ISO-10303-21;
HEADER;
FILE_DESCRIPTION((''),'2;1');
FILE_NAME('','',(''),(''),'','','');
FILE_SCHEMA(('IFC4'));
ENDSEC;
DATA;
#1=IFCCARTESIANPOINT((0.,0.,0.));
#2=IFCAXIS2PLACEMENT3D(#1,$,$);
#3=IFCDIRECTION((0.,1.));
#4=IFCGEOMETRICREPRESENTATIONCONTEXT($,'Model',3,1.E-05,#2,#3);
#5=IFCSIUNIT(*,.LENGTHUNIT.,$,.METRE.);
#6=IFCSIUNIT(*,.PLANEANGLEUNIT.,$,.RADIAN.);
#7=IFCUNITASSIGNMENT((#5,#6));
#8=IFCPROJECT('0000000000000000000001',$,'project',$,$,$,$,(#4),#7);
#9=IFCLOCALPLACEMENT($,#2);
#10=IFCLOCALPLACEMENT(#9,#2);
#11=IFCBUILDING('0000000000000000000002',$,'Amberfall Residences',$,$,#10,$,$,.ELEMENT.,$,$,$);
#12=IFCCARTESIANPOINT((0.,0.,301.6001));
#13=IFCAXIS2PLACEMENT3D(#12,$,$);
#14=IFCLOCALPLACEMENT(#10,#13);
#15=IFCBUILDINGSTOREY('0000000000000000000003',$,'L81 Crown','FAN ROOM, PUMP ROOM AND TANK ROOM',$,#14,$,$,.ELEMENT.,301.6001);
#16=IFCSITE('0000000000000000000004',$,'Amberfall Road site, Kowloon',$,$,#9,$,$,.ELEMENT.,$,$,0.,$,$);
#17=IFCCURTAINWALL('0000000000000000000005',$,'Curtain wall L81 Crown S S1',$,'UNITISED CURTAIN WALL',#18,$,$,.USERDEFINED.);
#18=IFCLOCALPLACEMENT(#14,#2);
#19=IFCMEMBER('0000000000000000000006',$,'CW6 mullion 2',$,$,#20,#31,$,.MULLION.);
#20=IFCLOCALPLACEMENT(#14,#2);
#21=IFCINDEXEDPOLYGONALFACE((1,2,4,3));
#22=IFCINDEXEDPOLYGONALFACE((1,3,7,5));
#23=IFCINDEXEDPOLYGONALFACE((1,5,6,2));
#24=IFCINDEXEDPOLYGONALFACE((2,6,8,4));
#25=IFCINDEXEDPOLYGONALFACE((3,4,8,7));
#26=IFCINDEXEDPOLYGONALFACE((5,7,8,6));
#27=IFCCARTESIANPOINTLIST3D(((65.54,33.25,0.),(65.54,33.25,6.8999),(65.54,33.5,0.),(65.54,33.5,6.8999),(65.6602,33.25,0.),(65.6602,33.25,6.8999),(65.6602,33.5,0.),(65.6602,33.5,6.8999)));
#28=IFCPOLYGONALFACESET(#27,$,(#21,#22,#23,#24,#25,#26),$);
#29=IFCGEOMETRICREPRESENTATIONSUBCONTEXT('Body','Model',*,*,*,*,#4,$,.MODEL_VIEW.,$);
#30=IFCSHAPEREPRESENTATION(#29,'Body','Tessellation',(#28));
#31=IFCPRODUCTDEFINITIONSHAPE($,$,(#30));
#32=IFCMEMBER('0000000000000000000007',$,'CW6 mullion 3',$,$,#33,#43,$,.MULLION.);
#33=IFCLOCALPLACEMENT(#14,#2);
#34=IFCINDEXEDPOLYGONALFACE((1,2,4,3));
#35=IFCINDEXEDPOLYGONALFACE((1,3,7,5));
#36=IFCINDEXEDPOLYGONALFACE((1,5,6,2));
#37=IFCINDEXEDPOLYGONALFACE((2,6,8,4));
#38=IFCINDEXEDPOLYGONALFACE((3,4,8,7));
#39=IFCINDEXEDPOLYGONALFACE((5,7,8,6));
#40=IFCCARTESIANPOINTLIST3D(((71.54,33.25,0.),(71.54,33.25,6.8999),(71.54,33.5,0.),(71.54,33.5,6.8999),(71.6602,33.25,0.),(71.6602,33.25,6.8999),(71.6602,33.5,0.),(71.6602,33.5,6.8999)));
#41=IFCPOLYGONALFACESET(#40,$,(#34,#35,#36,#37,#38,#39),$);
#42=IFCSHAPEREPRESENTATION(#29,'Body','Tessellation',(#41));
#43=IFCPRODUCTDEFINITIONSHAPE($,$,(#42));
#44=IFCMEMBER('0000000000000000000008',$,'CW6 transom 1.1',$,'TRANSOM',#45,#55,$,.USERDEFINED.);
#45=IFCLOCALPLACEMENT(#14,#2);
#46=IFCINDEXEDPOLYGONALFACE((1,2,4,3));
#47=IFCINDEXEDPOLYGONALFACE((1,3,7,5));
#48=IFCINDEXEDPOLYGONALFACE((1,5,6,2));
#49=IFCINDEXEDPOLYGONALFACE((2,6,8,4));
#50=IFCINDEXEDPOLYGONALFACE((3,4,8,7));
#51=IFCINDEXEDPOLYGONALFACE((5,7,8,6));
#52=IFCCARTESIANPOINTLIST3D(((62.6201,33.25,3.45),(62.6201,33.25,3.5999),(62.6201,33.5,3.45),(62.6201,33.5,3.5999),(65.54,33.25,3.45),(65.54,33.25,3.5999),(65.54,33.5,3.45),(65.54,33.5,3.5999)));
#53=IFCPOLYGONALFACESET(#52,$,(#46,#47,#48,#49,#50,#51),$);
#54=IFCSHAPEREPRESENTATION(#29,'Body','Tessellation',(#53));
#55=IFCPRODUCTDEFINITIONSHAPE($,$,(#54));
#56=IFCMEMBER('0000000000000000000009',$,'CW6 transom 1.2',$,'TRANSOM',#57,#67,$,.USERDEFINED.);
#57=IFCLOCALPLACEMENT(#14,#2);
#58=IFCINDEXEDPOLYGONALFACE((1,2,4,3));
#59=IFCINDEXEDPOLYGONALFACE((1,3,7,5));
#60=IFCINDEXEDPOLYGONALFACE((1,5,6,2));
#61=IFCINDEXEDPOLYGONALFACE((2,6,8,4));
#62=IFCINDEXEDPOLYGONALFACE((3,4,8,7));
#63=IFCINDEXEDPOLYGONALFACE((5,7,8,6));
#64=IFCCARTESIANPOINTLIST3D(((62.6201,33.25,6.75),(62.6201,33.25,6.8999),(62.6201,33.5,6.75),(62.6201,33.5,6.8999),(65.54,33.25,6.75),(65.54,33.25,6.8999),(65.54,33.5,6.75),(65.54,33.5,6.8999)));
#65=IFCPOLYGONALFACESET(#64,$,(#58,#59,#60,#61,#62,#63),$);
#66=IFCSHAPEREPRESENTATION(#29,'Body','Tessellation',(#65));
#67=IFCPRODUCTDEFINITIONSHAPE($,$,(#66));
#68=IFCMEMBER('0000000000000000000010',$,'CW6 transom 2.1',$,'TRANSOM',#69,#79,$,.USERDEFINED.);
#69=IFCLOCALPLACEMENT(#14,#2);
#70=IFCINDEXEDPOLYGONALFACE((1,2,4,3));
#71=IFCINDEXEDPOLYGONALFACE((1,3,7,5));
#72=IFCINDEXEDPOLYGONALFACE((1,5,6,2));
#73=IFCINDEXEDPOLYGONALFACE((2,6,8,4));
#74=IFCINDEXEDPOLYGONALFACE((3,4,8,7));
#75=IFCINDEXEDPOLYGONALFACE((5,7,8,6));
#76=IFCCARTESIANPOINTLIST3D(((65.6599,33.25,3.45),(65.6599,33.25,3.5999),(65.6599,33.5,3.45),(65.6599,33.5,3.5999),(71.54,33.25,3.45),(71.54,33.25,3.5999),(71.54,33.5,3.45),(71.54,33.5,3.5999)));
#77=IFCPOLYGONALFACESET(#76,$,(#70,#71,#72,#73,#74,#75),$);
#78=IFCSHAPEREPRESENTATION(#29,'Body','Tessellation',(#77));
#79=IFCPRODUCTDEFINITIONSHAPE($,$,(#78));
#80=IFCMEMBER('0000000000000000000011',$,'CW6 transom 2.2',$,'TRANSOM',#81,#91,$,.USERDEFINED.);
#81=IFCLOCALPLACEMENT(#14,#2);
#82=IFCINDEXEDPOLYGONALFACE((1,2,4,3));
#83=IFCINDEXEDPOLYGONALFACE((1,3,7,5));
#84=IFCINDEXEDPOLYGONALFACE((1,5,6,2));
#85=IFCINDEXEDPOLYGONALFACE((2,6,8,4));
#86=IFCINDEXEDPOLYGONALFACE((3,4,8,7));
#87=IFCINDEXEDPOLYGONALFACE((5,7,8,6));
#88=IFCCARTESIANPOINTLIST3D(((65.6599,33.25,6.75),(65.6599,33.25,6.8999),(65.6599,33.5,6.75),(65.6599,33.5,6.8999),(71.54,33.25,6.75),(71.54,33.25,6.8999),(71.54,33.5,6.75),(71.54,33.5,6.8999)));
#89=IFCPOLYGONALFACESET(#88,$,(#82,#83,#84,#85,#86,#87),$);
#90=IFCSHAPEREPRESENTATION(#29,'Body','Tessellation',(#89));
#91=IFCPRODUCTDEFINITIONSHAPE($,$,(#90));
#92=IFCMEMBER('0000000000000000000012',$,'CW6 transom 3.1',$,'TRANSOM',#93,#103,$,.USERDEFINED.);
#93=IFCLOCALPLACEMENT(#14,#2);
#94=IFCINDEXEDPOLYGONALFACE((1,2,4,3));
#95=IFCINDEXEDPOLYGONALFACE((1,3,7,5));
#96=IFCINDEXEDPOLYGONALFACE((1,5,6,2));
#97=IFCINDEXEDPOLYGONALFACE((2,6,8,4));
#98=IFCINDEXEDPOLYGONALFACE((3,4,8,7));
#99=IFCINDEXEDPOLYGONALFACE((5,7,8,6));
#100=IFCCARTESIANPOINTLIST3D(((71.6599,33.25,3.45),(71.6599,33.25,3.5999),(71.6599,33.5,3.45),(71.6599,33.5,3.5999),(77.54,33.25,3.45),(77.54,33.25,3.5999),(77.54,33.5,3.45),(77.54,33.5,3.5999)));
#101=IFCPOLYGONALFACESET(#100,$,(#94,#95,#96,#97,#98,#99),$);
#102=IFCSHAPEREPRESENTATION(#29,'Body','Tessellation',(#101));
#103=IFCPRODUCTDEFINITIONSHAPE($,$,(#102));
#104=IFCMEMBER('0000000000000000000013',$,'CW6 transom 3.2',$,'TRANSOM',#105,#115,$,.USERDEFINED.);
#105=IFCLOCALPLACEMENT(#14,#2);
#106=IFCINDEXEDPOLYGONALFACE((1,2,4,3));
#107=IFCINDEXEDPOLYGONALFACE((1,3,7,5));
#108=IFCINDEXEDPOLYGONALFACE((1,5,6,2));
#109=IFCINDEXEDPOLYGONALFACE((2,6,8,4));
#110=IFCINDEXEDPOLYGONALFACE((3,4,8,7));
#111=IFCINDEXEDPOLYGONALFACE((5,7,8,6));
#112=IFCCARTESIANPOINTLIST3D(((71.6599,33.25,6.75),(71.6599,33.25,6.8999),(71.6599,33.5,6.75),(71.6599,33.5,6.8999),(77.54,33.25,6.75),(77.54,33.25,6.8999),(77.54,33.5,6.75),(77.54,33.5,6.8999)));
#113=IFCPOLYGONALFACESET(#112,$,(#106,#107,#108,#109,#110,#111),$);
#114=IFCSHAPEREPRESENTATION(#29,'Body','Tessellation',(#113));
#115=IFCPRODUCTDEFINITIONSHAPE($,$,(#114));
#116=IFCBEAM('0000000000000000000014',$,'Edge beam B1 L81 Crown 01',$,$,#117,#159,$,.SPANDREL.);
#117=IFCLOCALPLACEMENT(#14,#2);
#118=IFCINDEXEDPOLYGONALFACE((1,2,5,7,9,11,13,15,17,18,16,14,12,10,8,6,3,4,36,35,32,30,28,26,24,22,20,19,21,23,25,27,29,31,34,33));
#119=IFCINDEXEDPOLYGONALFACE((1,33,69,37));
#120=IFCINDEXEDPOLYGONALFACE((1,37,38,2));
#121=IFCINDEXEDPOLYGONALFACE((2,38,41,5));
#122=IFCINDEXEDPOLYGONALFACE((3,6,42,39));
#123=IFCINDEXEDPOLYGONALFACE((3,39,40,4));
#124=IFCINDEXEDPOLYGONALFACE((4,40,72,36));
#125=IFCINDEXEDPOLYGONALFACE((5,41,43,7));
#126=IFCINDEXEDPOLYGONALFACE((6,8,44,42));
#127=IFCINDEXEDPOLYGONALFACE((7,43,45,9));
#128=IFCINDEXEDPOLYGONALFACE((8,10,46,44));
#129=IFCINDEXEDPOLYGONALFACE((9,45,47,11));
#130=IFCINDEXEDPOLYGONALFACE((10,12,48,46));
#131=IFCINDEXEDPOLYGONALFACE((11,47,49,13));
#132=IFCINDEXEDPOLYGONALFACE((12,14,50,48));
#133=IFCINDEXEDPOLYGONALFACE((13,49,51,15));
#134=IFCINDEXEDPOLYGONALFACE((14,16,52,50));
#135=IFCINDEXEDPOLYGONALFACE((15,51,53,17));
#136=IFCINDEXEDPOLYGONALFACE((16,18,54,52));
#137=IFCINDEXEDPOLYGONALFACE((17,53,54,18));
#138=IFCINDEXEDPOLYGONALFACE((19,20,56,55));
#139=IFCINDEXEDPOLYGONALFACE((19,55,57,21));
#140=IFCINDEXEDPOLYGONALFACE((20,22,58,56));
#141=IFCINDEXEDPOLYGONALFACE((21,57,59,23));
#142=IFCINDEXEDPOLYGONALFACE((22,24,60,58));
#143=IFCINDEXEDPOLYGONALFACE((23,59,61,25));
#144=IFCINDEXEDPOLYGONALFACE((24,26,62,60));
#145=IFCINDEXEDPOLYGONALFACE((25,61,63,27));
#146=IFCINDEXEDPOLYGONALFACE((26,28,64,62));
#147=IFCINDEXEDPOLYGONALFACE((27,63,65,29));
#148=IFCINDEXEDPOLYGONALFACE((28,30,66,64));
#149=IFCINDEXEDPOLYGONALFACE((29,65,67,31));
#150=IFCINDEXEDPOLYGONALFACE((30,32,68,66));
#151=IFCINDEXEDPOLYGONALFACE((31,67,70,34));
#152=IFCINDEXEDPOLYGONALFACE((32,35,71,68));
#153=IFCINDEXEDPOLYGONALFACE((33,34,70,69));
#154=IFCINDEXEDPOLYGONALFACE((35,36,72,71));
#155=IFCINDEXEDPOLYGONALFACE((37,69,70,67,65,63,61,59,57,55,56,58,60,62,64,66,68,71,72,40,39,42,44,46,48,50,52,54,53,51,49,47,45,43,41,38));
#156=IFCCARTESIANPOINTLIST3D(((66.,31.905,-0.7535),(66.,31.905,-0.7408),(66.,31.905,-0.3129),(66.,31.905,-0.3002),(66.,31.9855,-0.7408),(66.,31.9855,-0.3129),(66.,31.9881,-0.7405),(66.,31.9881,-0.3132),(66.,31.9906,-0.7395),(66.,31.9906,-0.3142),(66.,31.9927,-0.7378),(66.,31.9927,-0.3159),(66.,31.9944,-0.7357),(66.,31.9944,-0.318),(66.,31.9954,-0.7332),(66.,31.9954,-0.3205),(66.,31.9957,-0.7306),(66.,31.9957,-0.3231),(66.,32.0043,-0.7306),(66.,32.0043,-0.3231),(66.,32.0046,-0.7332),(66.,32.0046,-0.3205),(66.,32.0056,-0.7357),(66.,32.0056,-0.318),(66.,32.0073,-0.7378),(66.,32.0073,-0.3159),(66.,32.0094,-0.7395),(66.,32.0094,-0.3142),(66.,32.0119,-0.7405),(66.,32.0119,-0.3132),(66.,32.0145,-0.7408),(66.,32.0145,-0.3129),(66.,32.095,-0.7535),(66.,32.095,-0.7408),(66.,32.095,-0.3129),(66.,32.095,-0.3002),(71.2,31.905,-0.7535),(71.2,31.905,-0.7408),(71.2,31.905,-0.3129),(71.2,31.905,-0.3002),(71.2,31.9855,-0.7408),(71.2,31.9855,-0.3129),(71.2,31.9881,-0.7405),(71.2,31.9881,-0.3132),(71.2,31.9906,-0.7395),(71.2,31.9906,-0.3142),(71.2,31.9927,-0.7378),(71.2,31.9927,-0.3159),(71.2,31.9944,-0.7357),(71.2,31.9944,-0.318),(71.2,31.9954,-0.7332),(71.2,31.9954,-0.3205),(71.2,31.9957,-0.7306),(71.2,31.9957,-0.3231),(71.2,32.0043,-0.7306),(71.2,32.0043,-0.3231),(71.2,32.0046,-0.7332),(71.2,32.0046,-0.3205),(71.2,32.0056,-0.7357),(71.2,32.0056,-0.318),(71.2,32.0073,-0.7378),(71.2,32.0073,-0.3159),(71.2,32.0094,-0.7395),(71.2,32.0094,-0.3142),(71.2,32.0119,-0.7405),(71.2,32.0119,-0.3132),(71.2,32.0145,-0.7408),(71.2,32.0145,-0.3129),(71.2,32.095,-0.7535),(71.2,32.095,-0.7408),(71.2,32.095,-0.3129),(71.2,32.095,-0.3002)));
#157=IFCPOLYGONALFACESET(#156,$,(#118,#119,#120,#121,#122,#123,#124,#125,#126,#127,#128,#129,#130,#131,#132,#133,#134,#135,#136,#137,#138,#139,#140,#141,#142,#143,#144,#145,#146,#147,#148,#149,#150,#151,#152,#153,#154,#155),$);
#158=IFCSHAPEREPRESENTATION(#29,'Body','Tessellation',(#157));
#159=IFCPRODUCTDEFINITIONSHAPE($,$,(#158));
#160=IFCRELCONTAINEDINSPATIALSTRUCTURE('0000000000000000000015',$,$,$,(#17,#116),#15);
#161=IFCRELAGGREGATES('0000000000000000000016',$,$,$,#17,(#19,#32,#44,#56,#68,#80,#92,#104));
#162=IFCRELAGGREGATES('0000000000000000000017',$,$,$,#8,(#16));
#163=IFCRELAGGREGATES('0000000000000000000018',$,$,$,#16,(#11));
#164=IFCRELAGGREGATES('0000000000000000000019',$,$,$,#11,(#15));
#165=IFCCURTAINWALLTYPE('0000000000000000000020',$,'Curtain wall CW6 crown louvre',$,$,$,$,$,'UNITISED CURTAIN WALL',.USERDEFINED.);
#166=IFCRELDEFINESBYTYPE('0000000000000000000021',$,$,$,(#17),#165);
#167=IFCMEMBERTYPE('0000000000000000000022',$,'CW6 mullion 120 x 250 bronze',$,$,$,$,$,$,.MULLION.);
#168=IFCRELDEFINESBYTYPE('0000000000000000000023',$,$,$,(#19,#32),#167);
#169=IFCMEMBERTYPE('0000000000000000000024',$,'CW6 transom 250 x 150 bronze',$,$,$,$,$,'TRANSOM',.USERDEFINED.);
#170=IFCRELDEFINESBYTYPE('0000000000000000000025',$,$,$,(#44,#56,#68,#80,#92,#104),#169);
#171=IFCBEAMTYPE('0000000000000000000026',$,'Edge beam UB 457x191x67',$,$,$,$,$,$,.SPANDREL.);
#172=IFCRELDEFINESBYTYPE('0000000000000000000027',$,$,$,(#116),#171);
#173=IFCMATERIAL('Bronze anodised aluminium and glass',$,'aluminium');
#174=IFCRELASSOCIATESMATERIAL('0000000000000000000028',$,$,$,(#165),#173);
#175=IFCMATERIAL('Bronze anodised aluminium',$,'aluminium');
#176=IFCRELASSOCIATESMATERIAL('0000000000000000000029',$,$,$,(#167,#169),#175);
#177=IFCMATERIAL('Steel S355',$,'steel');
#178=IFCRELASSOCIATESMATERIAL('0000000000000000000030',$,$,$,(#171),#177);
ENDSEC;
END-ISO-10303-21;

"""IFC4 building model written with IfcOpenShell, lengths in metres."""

from ifc_helpers import new_model, si_unit, direction, frame, origin, origin_2d, place, context, subcontext, project, spatial, rectangle, i_section, extrude, material, material_profile, profile_set, type_object, element, aggregate, save


model = new_model("IFC4")

# Units and contexts
model_context = context("Model", 3, precision=1e-05, world=origin(), true_north=direction((0.0, 1.0)))
body_context = subcontext(model_context, "Body", "Model", "MODEL_VIEW")
ifc_project = project(units=[si_unit("LENGTHUNIT", "METRE"), si_unit("PLANEANGLEUNIT", "RADIAN")], contexts=[model_context])

# Site, building, storey
site_placement = place(None, origin())
site = spatial("IfcSite", under=ifc_project, at=site_placement, Name="Amberfall Road site, Kowloon", CompositionType="ELEMENT", RefElevation=0.0)
building_placement = place(site_placement, origin())
building = spatial("IfcBuilding", under=site, at=building_placement, Name="Amberfall Residences", CompositionType="ELEMENT")
storey_placement = place(building_placement, frame((0.0, 0.0, 301.6001)))
storey = spatial("IfcBuildingStorey", under=building, at=storey_placement, Name="L81 Crown", Description="FAN ROOM, PUMP ROOM AND TANK ROOM", CompositionType="ELEMENT", Elevation=301.6001)

# Curtain wall, members
ifc_material_1 = material(Name="Bronze anodised aluminium and glass", Category="aluminium")
curtain_wall_type = type_object("IfcCurtainWallType", Name="Curtain wall CW6 crown louvre", ElementType="UNITISED CURTAIN WALL", PredefinedType="USERDEFINED", material=ifc_material_1)
curtain_wall_placement = place(storey_placement, origin())
curtain_wall = element("IfcCurtainWall", 1, at=curtain_wall_placement, inside=storey, type_object=curtain_wall_type, Name="Curtain wall L81 Crown S S1", ObjectType="UNITISED CURTAIN WALL", PredefinedType="USERDEFINED")
ifc_material_2 = material(Name="Bronze anodised aluminium", Category="aluminium")
ifc_material_profile_1 = material_profile(ifc_material_2, rectangle(XDim=0.25, YDim=0.1201, at=origin_2d()), Name="CW6 mullion 120 x 250 bronze")
ifc_profile_set_1 = profile_set([ifc_material_profile_1], Name="Bronze anodised aluminium")
member_type_1 = type_object("IfcMemberType", Name="CW6 mullion 120 x 250 bronze", PredefinedType="MULLION", material=ifc_profile_set_1)
member_1_placement = place(storey_placement, frame((65.6001, 33.375, 0.0), z_axis=(0.0, 0.0, 1.0), x_axis=(0.0, 1.0, 0.0)))
member_1 = element("IfcMember", 2, at=member_1_placement, type_object=member_type_1, Name="CW6 mullion 2", PredefinedType="MULLION", context=body_context, shape_type="SweptSolid", body=[
    extrude(rectangle(XDim=0.25, YDim=0.1201, at=origin_2d()), origin(), (0.0, 0.0, 1.0), 6.8999),
])
member_2_placement = place(storey_placement, frame((71.6001, 33.375, 0.0), z_axis=(0.0, 0.0, 1.0), x_axis=(0.0, 1.0, 0.0)))
member_2 = element("IfcMember", 3, at=member_2_placement, type_object=member_type_1, Name="CW6 mullion 3", PredefinedType="MULLION", context=body_context, shape_type="SweptSolid", body=[
    extrude(rectangle(XDim=0.25, YDim=0.1201, at=origin_2d()), origin(), (0.0, 0.0, 1.0), 6.8999),
])
ifc_material_profile_2 = material_profile(ifc_material_2, rectangle(XDim=0.25, YDim=0.1499, at=origin_2d()), Name="CW6 transom 250 x 150 bronze")
ifc_profile_set_2 = profile_set([ifc_material_profile_2], Name="Bronze anodised aluminium")
member_type_2 = type_object("IfcMemberType", Name="CW6 transom 250 x 150 bronze", ElementType="TRANSOM", PredefinedType="USERDEFINED", material=ifc_profile_set_2)
member_3_placement = place(storey_placement, frame((62.6201, 33.375, 3.5249), z_axis=(1.0, 0.0, 0.0), x_axis=(0.0, 1.0, 0.0)))
member_3 = element("IfcMember", 4, at=member_3_placement, type_object=member_type_2, Name="CW6 transom 1.1", ObjectType="TRANSOM", PredefinedType="USERDEFINED", context=body_context, shape_type="SweptSolid", body=[
    extrude(rectangle(XDim=0.25, YDim=0.1499, at=origin_2d()), origin(), (0.0, 0.0, 1.0), 2.9199),
])
member_4_placement = place(storey_placement, frame((62.6201, 33.375, 6.825), z_axis=(1.0, 0.0, 0.0), x_axis=(0.0, 1.0, 0.0)))
member_4 = element("IfcMember", 5, at=member_4_placement, type_object=member_type_2, Name="CW6 transom 1.2", ObjectType="TRANSOM", PredefinedType="USERDEFINED", context=body_context, shape_type="SweptSolid", body=[
    extrude(rectangle(XDim=0.25, YDim=0.1499, at=origin_2d()), origin(), (0.0, 0.0, 1.0), 2.9199),
])
member_5_placement = place(storey_placement, frame((65.6599, 33.375, 3.5249), z_axis=(1.0, 0.0, 0.0), x_axis=(0.0, 1.0, 0.0)))
member_5 = element("IfcMember", 6, at=member_5_placement, type_object=member_type_2, Name="CW6 transom 2.1", ObjectType="TRANSOM", PredefinedType="USERDEFINED", context=body_context, shape_type="SweptSolid", body=[
    extrude(rectangle(XDim=0.25, YDim=0.1499, at=origin_2d()), origin(), (0.0, 0.0, 1.0), 5.8801),
])
member_6_placement = place(storey_placement, frame((65.6599, 33.375, 6.825), z_axis=(1.0, 0.0, 0.0), x_axis=(0.0, 1.0, 0.0)))
member_6 = element("IfcMember", 7, at=member_6_placement, type_object=member_type_2, Name="CW6 transom 2.2", ObjectType="TRANSOM", PredefinedType="USERDEFINED", context=body_context, shape_type="SweptSolid", body=[
    extrude(rectangle(XDim=0.25, YDim=0.1499, at=origin_2d()), origin(), (0.0, 0.0, 1.0), 5.8801),
])
member_7_placement = place(storey_placement, frame((71.6599, 33.375, 3.5249), z_axis=(1.0, 0.0, 0.0), x_axis=(0.0, 1.0, 0.0)))
member_7 = element("IfcMember", 8, at=member_7_placement, type_object=member_type_2, Name="CW6 transom 3.1", ObjectType="TRANSOM", PredefinedType="USERDEFINED", context=body_context, shape_type="SweptSolid", body=[
    extrude(rectangle(XDim=0.25, YDim=0.1499, at=origin_2d()), origin(), (0.0, 0.0, 1.0), 5.8801),
])
member_8_placement = place(storey_placement, frame((71.6599, 33.375, 6.825), z_axis=(1.0, 0.0, 0.0), x_axis=(0.0, 1.0, 0.0)))
member_8 = element("IfcMember", 9, at=member_8_placement, type_object=member_type_2, Name="CW6 transom 3.2", ObjectType="TRANSOM", PredefinedType="USERDEFINED", context=body_context, shape_type="SweptSolid", body=[
    extrude(rectangle(XDim=0.25, YDim=0.1499, at=origin_2d()), origin(), (0.0, 0.0, 1.0), 5.8801),
])

# Beam
ifc_material_3 = material(Name="Steel S355", Category="steel")
ifc_material_profile_3 = material_profile(ifc_material_3, i_section(OverallWidth=0.1899, OverallDepth=0.4534, WebThickness=0.0085, FlangeThickness=0.0127, FilletRadius=0.0103, at=origin_2d()), Name="UB 457x191x67")
ifc_profile_set_3 = profile_set([ifc_material_profile_3], Name="Steel S355")
beam_type_1 = type_object("IfcBeamType", Name="Edge beam UB 457x191x67", PredefinedType="SPANDREL", material=ifc_profile_set_3)
for number, where, z_axis, x_axis, name in (
    (10, (66.0, 32.0, -0.5269), (1.0, 0.0, 0.0), (0.0, 1.0, 0.0), "Edge beam B1 L81 Crown 01"),
):
    element("IfcBeam", number, at=place(storey_placement, frame(where, z_axis=z_axis, x_axis=x_axis)), inside=storey, type_object=beam_type_1, Name=name, PredefinedType="SPANDREL", context=body_context, shape_type="SweptSolid", body=[
        extrude(i_section(OverallWidth=0.1899, OverallDepth=0.4534, WebThickness=0.0085, FlangeThickness=0.0127, FilletRadius=0.0103, at=origin_2d()), origin(), (0.0, 0.0, 1.0), 5.2),
    ])

aggregate(curtain_wall, [member_1, member_2, member_3, member_4, member_5, member_6, member_7, member_8])

save(model, "model.ifc")
